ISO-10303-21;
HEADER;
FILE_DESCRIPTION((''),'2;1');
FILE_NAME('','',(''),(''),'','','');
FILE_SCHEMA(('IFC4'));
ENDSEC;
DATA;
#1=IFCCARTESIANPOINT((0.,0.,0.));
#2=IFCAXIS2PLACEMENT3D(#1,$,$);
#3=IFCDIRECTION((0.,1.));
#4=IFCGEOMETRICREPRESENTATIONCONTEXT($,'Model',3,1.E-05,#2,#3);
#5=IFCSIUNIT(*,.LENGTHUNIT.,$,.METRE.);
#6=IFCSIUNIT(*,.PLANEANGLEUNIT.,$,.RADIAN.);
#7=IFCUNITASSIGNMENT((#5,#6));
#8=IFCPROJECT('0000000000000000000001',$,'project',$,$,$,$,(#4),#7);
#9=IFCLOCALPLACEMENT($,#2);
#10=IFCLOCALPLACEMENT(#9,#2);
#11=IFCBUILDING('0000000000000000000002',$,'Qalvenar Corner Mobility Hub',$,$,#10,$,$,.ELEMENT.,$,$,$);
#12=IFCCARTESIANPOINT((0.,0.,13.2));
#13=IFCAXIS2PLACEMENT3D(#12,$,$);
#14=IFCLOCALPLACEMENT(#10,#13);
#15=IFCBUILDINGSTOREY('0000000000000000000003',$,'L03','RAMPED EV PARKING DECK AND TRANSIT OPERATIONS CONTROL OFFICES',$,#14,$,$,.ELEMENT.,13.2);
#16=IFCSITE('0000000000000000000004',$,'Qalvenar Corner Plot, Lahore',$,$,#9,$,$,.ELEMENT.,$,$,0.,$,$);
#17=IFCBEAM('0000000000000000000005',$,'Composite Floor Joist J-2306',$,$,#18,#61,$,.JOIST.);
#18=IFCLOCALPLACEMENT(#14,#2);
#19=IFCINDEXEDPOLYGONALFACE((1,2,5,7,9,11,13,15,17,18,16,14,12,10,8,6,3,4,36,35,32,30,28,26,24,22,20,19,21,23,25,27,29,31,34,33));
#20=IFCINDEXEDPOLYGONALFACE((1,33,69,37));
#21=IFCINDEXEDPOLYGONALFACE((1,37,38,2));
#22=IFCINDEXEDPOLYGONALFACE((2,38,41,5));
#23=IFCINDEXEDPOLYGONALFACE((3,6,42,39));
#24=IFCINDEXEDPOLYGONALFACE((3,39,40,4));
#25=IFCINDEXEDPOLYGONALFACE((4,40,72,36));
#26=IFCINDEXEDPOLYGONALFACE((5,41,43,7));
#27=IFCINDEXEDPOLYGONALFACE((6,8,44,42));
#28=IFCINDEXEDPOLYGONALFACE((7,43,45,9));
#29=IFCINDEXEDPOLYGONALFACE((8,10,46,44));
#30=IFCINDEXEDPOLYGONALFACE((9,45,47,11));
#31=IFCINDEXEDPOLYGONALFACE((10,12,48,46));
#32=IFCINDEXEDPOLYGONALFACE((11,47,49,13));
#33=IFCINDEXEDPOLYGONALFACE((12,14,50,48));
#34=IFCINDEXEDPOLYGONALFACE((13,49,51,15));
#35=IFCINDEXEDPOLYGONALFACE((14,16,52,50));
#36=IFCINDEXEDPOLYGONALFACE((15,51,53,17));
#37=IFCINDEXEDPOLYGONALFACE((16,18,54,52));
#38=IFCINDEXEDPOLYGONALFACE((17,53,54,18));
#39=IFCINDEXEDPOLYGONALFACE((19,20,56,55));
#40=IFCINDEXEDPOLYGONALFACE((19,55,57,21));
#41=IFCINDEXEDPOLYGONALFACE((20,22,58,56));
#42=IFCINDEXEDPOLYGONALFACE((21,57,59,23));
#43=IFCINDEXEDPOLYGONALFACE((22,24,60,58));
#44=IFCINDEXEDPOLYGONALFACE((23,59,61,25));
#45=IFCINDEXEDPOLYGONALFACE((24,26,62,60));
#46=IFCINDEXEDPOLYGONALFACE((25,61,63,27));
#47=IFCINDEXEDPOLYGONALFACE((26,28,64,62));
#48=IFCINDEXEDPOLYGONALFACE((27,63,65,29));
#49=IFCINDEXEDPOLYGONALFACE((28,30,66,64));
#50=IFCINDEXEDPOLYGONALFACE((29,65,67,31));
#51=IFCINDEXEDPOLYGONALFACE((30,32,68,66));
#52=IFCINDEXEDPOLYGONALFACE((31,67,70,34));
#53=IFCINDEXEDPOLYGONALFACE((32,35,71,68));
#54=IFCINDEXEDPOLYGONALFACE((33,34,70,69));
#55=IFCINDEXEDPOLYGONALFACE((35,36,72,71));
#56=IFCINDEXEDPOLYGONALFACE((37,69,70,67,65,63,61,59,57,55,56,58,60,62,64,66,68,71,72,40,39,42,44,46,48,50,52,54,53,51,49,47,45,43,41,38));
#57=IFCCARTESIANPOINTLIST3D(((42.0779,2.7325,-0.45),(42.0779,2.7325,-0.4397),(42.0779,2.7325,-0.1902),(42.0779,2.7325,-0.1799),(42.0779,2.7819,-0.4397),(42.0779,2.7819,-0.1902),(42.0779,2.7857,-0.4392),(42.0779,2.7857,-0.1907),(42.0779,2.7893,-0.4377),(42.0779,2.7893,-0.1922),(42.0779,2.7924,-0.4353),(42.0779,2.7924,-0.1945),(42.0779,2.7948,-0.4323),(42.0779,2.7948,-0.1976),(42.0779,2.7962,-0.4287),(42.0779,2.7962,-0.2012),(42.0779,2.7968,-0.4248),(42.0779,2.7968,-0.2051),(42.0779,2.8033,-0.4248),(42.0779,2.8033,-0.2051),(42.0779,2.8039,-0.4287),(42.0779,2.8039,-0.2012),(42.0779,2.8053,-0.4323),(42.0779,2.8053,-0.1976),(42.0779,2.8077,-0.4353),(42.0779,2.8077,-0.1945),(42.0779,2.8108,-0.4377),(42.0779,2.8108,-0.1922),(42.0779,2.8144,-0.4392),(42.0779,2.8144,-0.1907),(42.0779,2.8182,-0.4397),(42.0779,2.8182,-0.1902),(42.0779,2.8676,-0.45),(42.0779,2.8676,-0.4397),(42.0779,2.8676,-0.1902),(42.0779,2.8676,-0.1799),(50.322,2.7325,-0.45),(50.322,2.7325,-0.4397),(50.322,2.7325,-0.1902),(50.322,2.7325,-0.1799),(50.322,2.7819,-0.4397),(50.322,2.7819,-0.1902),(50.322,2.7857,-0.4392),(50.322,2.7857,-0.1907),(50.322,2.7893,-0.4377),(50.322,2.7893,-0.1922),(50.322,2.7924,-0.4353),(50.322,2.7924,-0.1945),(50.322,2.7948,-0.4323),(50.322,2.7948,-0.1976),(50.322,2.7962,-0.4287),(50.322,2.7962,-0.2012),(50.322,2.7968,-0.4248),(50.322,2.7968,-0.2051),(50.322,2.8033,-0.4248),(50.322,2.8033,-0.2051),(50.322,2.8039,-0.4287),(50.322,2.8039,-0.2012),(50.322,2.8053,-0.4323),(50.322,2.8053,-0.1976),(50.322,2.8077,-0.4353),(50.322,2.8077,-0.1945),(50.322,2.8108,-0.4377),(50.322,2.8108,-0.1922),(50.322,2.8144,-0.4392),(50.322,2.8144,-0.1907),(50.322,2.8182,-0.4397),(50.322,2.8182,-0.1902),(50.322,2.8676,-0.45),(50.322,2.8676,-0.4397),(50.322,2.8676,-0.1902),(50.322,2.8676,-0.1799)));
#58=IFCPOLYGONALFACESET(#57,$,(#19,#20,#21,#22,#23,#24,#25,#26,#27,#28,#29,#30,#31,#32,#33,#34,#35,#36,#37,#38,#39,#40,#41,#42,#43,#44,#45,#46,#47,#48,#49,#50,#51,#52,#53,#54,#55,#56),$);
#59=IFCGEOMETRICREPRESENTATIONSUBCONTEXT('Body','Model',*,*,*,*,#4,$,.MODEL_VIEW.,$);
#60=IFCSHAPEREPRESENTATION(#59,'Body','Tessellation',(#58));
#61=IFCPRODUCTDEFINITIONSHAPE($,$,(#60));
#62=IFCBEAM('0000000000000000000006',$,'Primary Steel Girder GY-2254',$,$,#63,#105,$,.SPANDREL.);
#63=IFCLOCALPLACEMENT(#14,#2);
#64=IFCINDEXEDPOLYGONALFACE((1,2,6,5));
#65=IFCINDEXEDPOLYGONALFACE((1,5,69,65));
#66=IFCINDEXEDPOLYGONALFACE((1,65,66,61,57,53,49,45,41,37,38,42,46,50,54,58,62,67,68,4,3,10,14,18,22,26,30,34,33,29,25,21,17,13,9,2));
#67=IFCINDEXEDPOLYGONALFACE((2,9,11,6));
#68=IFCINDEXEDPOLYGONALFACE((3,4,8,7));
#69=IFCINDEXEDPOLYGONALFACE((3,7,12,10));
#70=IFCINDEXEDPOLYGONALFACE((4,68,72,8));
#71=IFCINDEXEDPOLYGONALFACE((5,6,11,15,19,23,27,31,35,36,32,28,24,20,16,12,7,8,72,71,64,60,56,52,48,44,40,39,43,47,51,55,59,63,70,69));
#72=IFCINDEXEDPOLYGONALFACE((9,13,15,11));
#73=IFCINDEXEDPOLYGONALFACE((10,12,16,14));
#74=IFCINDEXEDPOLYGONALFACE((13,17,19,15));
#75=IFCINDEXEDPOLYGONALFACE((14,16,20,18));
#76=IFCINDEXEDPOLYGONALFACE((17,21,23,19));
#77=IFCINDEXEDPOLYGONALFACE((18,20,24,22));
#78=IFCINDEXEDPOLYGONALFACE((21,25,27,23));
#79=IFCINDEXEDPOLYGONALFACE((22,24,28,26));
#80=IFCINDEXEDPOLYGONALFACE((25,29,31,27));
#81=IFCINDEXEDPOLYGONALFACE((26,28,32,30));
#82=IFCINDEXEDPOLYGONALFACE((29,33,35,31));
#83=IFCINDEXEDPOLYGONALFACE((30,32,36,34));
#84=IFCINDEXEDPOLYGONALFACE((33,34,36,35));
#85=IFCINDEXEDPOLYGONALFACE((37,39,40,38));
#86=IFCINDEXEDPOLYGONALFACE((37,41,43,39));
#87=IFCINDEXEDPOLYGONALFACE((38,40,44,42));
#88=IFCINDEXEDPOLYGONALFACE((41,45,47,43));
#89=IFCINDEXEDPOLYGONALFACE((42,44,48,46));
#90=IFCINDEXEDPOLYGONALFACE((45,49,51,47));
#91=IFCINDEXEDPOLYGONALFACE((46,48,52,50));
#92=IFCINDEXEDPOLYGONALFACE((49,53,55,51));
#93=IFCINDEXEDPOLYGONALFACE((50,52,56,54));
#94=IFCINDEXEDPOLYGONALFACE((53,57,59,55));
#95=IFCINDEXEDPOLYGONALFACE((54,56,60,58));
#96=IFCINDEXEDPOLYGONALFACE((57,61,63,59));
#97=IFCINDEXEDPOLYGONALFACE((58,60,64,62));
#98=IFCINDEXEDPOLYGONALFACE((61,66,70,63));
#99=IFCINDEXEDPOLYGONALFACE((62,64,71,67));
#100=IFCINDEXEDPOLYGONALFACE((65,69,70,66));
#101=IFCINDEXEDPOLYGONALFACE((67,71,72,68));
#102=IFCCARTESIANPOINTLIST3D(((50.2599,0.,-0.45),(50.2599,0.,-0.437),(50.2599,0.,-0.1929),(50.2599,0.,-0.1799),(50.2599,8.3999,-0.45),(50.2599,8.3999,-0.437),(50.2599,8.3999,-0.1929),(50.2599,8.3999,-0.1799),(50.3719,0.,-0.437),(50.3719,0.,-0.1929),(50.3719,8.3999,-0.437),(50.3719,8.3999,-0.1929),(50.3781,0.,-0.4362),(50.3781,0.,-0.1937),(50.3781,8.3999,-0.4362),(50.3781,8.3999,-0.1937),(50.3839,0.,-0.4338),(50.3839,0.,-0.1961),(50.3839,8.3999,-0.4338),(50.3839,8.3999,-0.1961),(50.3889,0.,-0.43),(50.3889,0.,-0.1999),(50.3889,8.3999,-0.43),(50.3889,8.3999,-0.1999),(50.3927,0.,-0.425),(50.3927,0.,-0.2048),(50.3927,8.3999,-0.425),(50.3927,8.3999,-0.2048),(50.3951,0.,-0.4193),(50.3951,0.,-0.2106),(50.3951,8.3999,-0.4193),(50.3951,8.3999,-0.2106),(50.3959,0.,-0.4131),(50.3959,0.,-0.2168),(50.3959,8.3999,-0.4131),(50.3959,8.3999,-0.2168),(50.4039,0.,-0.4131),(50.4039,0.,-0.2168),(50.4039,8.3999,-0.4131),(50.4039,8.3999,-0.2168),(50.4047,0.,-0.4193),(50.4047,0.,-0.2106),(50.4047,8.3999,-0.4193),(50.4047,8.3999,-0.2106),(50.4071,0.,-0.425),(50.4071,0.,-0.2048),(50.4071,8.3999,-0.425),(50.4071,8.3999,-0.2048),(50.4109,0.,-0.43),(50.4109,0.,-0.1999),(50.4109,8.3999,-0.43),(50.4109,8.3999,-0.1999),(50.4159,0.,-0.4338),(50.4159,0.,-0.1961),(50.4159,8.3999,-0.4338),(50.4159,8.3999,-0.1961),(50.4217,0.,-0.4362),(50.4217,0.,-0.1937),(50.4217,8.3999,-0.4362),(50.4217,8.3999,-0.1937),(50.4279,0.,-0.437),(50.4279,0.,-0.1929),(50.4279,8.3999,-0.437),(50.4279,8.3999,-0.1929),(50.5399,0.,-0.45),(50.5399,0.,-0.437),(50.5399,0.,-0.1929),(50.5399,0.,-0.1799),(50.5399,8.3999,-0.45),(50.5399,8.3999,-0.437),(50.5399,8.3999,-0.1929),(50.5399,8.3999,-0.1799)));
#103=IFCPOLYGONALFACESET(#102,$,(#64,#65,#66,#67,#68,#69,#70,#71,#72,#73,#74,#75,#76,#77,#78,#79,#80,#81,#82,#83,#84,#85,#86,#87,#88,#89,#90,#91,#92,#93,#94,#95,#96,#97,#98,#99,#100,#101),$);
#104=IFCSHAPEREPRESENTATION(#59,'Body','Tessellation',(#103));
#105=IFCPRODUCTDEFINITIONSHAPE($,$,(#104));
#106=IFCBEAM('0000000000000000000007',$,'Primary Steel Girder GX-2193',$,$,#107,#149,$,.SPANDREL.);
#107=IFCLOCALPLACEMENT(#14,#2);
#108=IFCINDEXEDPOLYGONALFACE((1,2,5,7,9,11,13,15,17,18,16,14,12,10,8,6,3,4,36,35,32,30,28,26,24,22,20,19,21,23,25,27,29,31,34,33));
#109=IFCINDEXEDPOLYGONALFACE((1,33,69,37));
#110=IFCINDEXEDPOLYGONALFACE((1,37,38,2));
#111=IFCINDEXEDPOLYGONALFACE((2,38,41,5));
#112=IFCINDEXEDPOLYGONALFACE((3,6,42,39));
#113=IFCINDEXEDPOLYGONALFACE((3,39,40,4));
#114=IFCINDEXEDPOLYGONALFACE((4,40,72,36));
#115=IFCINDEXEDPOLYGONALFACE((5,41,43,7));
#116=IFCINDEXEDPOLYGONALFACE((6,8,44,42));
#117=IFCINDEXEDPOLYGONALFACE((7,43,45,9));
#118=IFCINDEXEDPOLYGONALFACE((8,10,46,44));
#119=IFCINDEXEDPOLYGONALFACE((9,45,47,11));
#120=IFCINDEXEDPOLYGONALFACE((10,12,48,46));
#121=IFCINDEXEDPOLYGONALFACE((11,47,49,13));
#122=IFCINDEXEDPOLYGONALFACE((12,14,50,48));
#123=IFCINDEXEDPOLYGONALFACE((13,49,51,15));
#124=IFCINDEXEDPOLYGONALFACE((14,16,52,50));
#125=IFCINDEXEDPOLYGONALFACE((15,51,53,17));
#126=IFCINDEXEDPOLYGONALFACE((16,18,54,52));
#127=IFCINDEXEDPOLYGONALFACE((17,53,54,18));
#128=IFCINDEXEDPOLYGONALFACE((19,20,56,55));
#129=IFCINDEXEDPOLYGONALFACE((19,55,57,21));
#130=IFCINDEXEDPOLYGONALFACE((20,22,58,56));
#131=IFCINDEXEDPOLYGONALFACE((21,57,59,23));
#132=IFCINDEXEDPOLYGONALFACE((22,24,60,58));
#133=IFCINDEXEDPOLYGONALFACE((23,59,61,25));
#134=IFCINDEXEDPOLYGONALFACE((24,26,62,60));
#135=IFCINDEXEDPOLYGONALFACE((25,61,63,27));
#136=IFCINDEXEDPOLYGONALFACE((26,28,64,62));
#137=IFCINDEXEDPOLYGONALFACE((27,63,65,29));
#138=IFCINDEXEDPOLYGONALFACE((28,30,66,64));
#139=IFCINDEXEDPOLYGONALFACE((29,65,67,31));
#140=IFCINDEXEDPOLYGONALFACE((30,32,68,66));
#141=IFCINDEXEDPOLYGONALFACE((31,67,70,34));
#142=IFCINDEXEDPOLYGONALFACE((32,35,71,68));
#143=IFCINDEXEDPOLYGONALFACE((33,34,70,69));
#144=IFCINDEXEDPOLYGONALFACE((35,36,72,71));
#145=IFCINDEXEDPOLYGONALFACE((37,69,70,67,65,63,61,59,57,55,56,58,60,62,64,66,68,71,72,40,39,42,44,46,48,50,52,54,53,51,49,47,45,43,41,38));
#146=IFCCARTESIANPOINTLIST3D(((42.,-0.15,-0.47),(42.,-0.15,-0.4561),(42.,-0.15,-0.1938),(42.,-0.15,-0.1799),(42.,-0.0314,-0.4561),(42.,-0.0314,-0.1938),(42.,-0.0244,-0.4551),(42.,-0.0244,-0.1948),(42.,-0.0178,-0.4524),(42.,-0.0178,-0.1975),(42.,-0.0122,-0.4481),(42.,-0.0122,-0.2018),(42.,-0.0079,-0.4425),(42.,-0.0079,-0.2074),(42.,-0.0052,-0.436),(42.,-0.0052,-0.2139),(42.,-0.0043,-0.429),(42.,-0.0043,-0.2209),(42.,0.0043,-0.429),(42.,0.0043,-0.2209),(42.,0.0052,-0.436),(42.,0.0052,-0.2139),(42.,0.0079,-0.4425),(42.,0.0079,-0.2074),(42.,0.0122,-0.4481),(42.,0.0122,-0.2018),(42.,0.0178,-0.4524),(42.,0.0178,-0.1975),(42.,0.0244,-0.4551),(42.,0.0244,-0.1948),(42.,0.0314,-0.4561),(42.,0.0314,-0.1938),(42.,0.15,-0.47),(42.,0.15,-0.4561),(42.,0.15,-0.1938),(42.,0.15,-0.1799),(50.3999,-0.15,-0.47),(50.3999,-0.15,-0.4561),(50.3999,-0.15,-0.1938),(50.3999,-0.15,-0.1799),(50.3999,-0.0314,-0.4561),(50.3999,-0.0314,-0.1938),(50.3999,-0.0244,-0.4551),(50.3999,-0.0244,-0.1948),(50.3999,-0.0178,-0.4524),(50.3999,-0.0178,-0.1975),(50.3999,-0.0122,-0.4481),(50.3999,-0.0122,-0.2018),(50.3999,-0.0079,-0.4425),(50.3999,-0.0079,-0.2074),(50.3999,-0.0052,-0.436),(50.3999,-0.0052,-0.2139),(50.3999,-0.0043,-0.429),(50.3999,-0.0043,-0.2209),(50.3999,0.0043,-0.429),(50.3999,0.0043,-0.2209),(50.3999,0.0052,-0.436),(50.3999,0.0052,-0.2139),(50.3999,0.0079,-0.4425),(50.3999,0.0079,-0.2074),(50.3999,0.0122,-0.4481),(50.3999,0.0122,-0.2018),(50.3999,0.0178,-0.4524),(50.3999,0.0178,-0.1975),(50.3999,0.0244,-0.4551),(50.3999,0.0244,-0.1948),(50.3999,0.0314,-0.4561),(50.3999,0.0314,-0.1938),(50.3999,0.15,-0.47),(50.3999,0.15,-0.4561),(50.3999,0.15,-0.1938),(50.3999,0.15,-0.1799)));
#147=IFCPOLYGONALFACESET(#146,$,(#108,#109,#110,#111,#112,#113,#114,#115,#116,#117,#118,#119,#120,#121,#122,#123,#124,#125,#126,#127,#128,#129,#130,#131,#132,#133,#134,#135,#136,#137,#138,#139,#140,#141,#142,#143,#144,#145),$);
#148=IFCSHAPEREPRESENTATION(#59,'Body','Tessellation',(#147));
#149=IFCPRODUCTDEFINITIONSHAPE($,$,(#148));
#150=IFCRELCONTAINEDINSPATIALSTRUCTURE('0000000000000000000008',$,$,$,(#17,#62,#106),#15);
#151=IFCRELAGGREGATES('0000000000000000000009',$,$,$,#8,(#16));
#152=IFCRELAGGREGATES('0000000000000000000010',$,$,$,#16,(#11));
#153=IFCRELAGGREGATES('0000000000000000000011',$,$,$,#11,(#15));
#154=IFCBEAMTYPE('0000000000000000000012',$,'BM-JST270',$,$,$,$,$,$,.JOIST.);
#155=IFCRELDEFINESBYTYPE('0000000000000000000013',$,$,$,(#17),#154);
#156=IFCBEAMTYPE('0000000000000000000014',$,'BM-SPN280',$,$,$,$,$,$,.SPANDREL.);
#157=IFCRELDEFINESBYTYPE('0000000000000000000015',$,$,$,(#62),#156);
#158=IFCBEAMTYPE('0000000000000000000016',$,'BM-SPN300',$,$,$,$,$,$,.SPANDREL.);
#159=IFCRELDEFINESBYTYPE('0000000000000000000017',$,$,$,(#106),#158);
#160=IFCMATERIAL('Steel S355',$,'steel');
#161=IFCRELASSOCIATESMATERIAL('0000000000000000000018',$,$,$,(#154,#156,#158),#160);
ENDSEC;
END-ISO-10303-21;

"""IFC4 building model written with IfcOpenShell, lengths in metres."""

from ifc_helpers import new_model, si_unit, direction, frame, origin, origin_2d, place, context, subcontext, project, spatial, i_section, extrude, material, material_profile, profile_set, type_object, element, save


model = new_model("IFC4")

# Units and contexts
model_context = context("Model", 3, precision=1e-05, world=origin(), true_north=direction((0.0, 1.0)))
body_context = subcontext(model_context, "Body", "Model", "MODEL_VIEW")
ifc_project = project(units=[si_unit("LENGTHUNIT", "METRE"), si_unit("PLANEANGLEUNIT", "RADIAN")], contexts=[model_context])

# Site, building, storey
site_placement = place(None, origin())
site = spatial("IfcSite", under=ifc_project, at=site_placement, Name="Qalvenar Corner Plot, Lahore", CompositionType="ELEMENT", RefElevation=0.0)
building_placement = place(site_placement, origin())
building = spatial("IfcBuilding", under=site, at=building_placement, Name="Qalvenar Corner Mobility Hub", CompositionType="ELEMENT")
storey_placement = place(building_placement, frame((0.0, 0.0, 13.2)))
storey = spatial("IfcBuildingStorey", under=building, at=storey_placement, Name="L03", Description="RAMPED EV PARKING DECK AND TRANSIT OPERATIONS CONTROL OFFICES", CompositionType="ELEMENT", Elevation=13.2)

# Shared definitions
ifc_material_1 = material(Name="Steel S355", Category="steel")

# Beams
ifc_material_profile_1 = material_profile(ifc_material_1, i_section(OverallWidth=0.135, OverallDepth=0.27, WebThickness=0.0066, FlangeThickness=0.0103, FilletRadius=0.0149, at=origin_2d()), Name="IPE270")
ifc_profile_set_1 = profile_set([ifc_material_profile_1], Name="Steel S355")
beam_type_1 = type_object("IfcBeamType", Name="BM-JST270", PredefinedType="JOIST", material=ifc_profile_set_1)
beam_1_placement = place(storey_placement, frame((42.0779, 2.8, -0.3149), z_axis=(1.0, 0.0, 0.0), x_axis=(0.0, 1.0, 0.0)))
element("IfcBeam", 1, at=beam_1_placement, inside=storey, type_object=beam_type_1, Name="Composite Floor Joist J-2306", PredefinedType="JOIST", context=body_context, shape_type="SweptSolid", body=[
    extrude(i_section(OverallWidth=0.135, OverallDepth=0.27, WebThickness=0.0066, FlangeThickness=0.0103, FilletRadius=0.0149, at=origin_2d()), origin(), (0.0, 0.0, 1.0), 8.2441),
])
ifc_material_profile_2 = material_profile(ifc_material_1, i_section(OverallWidth=0.28, OverallDepth=0.27, WebThickness=0.0081, FlangeThickness=0.0129, FilletRadius=0.0239, at=origin_2d()), Name="HEA280")
ifc_profile_set_2 = profile_set([ifc_material_profile_2], Name="Steel S355")
beam_type_2 = type_object("IfcBeamType", Name="BM-SPN280", PredefinedType="SPANDREL", material=ifc_profile_set_2)
beam_2_placement = place(storey_placement, frame((50.3999, 0.0, -0.3149), z_axis=(0.0, 1.0, 0.0), x_axis=(-1.0, 0.0, 0.0)))
element("IfcBeam", 2, at=beam_2_placement, inside=storey, type_object=beam_type_2, Name="Primary Steel Girder GY-2254", PredefinedType="SPANDREL", context=body_context, shape_type="SweptSolid", body=[
    extrude(i_section(OverallWidth=0.28, OverallDepth=0.27, WebThickness=0.0081, FlangeThickness=0.0129, FilletRadius=0.0239, at=origin_2d()), origin(), (0.0, 0.0, 1.0), 8.3999),
])
ifc_material_profile_3 = material_profile(ifc_material_1, i_section(OverallWidth=0.3, OverallDepth=0.29, WebThickness=0.0085, FlangeThickness=0.0139, FilletRadius=0.0271, at=origin_2d()), Name="HEA300")
ifc_profile_set_3 = profile_set([ifc_material_profile_3], Name="Steel S355")
beam_type_3 = type_object("IfcBeamType", Name="BM-SPN300", PredefinedType="SPANDREL", material=ifc_profile_set_3)
beam_3_placement = place(storey_placement, frame((42.0, 0.0, -0.325), z_axis=(1.0, 0.0, 0.0), x_axis=(0.0, 1.0, 0.0)))
element("IfcBeam", 3, at=beam_3_placement, inside=storey, type_object=beam_type_3, Name="Primary Steel Girder GX-2193", PredefinedType="SPANDREL", context=body_context, shape_type="SweptSolid", body=[
    extrude(i_section(OverallWidth=0.3, OverallDepth=0.29, WebThickness=0.0085, FlangeThickness=0.0139, FilletRadius=0.0271, at=origin_2d()), origin(), (0.0, 0.0, 1.0), 8.3999),
])

save(model, "model.ifc")
